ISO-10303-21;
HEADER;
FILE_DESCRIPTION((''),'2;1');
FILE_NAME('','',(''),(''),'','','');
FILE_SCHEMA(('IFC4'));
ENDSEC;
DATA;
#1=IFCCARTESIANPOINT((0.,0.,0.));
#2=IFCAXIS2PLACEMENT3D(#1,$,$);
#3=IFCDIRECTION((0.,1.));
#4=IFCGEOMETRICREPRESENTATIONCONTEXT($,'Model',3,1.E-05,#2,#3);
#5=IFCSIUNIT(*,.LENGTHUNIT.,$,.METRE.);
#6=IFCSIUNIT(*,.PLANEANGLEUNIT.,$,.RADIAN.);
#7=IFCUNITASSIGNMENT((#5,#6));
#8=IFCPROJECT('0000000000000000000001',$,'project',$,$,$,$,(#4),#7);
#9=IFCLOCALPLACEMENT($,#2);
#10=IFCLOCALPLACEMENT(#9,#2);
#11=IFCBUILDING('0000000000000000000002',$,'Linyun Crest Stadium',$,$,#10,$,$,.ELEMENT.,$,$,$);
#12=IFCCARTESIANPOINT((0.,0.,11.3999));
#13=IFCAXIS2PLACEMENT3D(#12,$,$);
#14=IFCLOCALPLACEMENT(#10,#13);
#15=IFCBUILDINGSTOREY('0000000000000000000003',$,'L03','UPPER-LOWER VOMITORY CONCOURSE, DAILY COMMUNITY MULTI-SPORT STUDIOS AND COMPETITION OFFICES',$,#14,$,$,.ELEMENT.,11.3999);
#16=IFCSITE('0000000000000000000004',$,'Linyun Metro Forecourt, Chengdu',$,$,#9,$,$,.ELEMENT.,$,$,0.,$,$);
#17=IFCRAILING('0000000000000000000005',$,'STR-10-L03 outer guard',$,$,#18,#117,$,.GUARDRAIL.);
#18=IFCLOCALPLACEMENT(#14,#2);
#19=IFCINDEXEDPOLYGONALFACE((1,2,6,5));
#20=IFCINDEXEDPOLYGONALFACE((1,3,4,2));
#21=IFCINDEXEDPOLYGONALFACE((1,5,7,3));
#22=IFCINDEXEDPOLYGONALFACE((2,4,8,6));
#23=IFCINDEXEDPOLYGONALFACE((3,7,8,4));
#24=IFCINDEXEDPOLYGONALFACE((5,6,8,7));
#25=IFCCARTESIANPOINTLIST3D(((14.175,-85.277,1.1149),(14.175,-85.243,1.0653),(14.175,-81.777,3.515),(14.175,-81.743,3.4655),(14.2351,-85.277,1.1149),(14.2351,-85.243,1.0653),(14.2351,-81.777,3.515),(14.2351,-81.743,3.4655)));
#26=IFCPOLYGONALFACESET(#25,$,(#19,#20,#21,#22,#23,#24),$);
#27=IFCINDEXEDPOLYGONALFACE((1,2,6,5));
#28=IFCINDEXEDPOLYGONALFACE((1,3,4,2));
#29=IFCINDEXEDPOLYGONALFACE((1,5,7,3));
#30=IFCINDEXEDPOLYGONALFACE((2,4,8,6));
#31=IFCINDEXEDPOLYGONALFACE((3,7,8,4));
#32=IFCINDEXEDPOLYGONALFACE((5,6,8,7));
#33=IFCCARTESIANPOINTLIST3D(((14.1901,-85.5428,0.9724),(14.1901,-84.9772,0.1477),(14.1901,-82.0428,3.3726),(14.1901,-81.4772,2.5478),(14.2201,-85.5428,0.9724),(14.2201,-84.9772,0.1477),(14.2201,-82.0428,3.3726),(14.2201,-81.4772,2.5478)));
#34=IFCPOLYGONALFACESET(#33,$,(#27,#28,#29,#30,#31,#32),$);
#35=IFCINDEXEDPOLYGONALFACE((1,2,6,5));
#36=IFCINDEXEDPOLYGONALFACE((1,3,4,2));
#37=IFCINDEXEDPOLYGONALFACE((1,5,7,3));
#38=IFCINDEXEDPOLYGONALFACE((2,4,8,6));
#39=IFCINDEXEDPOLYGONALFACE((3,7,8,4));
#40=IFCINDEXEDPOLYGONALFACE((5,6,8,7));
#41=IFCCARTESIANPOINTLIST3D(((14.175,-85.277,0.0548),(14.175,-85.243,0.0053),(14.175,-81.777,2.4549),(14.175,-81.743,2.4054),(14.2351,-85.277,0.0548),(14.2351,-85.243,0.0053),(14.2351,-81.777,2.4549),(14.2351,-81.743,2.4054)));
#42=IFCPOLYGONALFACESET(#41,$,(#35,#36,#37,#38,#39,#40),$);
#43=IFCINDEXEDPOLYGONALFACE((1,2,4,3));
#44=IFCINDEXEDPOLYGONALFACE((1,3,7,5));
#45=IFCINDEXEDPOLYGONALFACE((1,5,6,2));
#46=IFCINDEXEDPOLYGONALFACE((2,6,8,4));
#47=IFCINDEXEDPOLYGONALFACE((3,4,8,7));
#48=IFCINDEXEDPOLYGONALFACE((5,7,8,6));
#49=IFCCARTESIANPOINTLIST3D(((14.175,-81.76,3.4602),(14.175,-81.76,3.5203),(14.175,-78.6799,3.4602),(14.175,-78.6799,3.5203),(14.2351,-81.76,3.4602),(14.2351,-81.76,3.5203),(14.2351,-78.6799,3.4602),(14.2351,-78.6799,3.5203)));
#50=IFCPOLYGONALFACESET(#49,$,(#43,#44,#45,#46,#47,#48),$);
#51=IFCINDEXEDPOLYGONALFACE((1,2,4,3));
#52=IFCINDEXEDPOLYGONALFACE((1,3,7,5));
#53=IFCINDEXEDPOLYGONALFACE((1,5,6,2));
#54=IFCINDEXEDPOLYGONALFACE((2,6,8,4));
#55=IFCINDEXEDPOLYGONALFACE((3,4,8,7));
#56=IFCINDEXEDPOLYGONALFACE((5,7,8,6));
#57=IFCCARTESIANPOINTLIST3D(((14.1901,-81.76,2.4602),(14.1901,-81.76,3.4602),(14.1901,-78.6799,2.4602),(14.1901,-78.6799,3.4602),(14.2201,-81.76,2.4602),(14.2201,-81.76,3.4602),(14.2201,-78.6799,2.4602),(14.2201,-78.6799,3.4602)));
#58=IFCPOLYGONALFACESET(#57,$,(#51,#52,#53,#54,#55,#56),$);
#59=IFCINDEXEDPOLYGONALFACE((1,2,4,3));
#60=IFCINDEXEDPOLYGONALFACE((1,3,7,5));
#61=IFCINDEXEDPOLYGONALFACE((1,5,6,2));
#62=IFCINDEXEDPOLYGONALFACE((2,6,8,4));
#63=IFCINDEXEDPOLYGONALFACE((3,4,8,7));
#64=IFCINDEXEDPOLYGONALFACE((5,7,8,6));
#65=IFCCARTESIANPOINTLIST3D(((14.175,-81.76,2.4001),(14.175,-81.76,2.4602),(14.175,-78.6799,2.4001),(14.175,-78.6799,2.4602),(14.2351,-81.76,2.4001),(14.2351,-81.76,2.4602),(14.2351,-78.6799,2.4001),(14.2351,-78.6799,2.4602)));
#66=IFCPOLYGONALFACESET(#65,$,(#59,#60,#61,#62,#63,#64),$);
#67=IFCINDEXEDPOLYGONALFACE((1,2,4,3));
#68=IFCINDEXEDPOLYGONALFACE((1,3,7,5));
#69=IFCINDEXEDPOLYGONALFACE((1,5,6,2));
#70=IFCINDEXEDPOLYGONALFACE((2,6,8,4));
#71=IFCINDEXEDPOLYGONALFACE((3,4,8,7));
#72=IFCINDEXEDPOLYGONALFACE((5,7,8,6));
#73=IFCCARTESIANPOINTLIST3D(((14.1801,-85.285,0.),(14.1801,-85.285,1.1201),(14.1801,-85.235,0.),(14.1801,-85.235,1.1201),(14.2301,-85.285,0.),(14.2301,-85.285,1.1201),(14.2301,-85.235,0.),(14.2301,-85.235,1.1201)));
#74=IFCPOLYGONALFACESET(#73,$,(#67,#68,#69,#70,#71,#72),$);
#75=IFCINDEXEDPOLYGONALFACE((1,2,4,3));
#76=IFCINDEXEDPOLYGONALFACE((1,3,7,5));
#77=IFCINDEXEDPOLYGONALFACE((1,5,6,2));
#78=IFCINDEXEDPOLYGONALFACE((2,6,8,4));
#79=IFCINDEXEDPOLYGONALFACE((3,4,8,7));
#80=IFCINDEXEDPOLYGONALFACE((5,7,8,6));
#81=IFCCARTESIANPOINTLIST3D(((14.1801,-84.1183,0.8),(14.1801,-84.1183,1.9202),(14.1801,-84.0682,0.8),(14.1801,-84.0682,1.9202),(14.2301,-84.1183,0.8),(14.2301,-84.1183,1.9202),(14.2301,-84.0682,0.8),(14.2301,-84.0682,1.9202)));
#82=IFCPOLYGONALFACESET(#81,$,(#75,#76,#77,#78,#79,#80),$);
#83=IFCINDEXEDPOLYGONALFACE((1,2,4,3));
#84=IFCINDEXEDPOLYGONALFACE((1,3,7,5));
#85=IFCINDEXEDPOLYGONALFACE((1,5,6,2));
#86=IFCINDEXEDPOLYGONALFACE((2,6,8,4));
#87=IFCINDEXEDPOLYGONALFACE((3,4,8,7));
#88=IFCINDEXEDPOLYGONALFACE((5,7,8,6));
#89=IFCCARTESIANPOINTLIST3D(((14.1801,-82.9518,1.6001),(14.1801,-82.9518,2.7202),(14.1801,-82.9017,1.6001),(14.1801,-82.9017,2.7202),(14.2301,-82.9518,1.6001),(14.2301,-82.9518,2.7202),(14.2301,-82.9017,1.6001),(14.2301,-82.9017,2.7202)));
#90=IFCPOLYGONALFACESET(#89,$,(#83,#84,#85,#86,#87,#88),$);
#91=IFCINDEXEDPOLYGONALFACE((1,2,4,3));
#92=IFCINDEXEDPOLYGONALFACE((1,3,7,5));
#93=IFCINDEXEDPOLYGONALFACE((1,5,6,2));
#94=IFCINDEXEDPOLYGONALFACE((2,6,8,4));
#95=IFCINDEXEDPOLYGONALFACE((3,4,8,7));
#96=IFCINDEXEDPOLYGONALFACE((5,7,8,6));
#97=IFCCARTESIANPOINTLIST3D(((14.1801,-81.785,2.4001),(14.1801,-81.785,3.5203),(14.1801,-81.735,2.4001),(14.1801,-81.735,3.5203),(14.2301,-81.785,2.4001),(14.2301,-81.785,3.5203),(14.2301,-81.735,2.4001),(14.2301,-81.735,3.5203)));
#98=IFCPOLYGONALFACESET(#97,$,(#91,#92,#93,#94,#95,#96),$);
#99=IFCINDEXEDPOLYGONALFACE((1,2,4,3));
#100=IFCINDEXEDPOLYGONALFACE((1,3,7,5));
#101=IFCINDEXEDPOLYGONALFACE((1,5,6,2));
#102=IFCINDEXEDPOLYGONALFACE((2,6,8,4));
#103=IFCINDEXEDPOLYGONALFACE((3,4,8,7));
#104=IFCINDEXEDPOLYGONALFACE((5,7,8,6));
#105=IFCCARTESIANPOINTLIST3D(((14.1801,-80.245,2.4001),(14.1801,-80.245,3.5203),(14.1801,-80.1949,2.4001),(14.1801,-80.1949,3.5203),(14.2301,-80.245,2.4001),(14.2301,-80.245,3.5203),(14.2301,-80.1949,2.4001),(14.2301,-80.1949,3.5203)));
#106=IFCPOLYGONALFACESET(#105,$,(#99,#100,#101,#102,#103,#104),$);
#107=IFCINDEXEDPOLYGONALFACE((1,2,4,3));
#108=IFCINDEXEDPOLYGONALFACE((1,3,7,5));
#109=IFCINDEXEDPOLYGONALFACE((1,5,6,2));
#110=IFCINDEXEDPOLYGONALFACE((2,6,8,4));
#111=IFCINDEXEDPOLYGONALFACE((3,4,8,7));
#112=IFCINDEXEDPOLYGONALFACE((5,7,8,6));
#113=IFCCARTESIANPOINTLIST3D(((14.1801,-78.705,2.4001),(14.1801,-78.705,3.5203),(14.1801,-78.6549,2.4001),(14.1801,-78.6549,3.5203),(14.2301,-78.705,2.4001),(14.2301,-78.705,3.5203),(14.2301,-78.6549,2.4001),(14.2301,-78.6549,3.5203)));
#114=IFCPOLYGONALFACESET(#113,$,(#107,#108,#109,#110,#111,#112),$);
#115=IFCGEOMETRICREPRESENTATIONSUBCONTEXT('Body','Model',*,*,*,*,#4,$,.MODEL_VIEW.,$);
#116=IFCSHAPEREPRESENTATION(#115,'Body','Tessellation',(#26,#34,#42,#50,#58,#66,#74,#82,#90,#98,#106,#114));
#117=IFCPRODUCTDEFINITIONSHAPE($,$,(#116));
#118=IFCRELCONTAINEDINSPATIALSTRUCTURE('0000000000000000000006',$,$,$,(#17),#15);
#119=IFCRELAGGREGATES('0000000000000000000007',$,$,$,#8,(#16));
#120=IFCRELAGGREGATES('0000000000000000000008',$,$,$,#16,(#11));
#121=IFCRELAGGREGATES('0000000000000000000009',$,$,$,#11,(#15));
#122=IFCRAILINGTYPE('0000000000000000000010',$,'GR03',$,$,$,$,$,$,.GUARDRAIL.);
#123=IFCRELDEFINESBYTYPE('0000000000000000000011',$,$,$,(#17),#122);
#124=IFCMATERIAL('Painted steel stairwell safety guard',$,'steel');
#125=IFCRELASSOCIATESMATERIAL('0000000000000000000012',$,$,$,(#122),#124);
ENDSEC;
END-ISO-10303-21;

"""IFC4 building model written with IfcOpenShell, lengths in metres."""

from ifc_helpers import new_model, si_unit, direction, frame, origin, origin_2d, place, context, subcontext, project, spatial, rectangle, extrude, material, type_object, element, save


model = new_model("IFC4")

# Units and contexts
model_context = context("Model", 3, precision=1e-05, world=origin(), true_north=direction((0.0, 1.0)))
body_context = subcontext(model_context, "Body", "Model", "MODEL_VIEW")
ifc_project = project(units=[si_unit("LENGTHUNIT", "METRE"), si_unit("PLANEANGLEUNIT", "RADIAN")], contexts=[model_context])

# Site, building, storey
site_placement = place(None, origin())
site = spatial("IfcSite", under=ifc_project, at=site_placement, Name="Linyun Metro Forecourt, Chengdu", CompositionType="ELEMENT", RefElevation=0.0)
building_placement = place(site_placement, origin())
building = spatial("IfcBuilding", under=site, at=building_placement, Name="Linyun Crest Stadium", CompositionType="ELEMENT")
storey_placement = place(building_placement, frame((0.0, 0.0, 11.3999)))
storey = spatial("IfcBuildingStorey", under=building, at=storey_placement, Name="L03", Description="UPPER-LOWER VOMITORY CONCOURSE, DAILY COMMUNITY MULTI-SPORT STUDIOS AND COMPETITION OFFICES", CompositionType="ELEMENT", Elevation=11.3999)

# Railing
ifc_material_1 = material(Name="Painted steel stairwell safety guard", Category="steel")
railing_type_1 = type_object("IfcRailingType", Name="GR03", PredefinedType="GUARDRAIL", material=ifc_material_1)
railing_1_placement = place(storey_placement, frame((14.2051, -85.26, 0.0)))
element("IfcRailing", 1, at=railing_1_placement, inside=storey, type_object=railing_type_1, Name="STR-10-L03 outer guard", PredefinedType="GUARDRAIL", context=body_context, shape_type="SweptSolid", body=[
    extrude(rectangle(XDim=0.0601, YDim=0.0601, at=origin_2d()), frame((0.0, 0.0, 1.0901), z_axis=(0.0, 0.824713, 0.565552), x_axis=(-1.0, 0.0, 0.0)), (0.0, 0.0, 1.0), 4.2439),
    extrude(rectangle(XDim=0.03, YDim=1.0, at=origin_2d()), frame((0.0, 0.0, 0.5601), z_axis=(0.0, 0.824713, 0.565552), x_axis=(-1.0, 0.0, 0.0)), (0.0, 0.0, 1.0), 4.2439),
    extrude(rectangle(XDim=0.0601, YDim=0.0601, at=origin_2d()), frame((0.0, 0.0, 0.03), z_axis=(0.0, 0.824713, 0.565552), x_axis=(-1.0, 0.0, 0.0)), (0.0, 0.0, 1.0), 4.2439),
    extrude(rectangle(XDim=0.0601, YDim=0.0601, at=origin_2d()), frame((0.0, 3.5, 3.4902), z_axis=(0.0, 1.0, 0.0), x_axis=(-1.0, 0.0, 0.0)), (0.0, 0.0, 1.0), 3.0801),
    extrude(rectangle(XDim=0.03, YDim=1.0, at=origin_2d()), frame((0.0, 3.5, 2.9602), z_axis=(0.0, 1.0, 0.0), x_axis=(-1.0, 0.0, 0.0)), (0.0, 0.0, 1.0), 3.0801),
    extrude(rectangle(XDim=0.0601, YDim=0.0601, at=origin_2d()), frame((0.0, 3.5, 2.4302), z_axis=(0.0, 1.0, 0.0), x_axis=(-1.0, 0.0, 0.0)), (0.0, 0.0, 1.0), 3.0801),
    extrude(rectangle(XDim=0.05, YDim=0.05, at=origin_2d()), origin(), (0.0, 0.0, 1.0), 1.1201),
    extrude(rectangle(XDim=0.05, YDim=0.05, at=origin_2d()), frame((0.0, 1.1667, 0.8)), (0.0, 0.0, 1.0), 1.1201),
    extrude(rectangle(XDim=0.05, YDim=0.05, at=origin_2d()), frame((0.0, 2.3333, 1.6001)), (0.0, 0.0, 1.0), 1.1201),
    extrude(rectangle(XDim=0.05, YDim=0.05, at=origin_2d()), frame((0.0, 3.5, 2.4001)), (0.0, 0.0, 1.0), 1.1201),
    extrude(rectangle(XDim=0.05, YDim=0.05, at=origin_2d()), frame((0.0, 5.04, 2.4001)), (0.0, 0.0, 1.0), 1.1201),
    extrude(rectangle(XDim=0.05, YDim=0.05, at=origin_2d()), frame((0.0, 6.5801, 2.4001)), (0.0, 0.0, 1.0), 1.1201),
])

save(model, "model.ifc")
